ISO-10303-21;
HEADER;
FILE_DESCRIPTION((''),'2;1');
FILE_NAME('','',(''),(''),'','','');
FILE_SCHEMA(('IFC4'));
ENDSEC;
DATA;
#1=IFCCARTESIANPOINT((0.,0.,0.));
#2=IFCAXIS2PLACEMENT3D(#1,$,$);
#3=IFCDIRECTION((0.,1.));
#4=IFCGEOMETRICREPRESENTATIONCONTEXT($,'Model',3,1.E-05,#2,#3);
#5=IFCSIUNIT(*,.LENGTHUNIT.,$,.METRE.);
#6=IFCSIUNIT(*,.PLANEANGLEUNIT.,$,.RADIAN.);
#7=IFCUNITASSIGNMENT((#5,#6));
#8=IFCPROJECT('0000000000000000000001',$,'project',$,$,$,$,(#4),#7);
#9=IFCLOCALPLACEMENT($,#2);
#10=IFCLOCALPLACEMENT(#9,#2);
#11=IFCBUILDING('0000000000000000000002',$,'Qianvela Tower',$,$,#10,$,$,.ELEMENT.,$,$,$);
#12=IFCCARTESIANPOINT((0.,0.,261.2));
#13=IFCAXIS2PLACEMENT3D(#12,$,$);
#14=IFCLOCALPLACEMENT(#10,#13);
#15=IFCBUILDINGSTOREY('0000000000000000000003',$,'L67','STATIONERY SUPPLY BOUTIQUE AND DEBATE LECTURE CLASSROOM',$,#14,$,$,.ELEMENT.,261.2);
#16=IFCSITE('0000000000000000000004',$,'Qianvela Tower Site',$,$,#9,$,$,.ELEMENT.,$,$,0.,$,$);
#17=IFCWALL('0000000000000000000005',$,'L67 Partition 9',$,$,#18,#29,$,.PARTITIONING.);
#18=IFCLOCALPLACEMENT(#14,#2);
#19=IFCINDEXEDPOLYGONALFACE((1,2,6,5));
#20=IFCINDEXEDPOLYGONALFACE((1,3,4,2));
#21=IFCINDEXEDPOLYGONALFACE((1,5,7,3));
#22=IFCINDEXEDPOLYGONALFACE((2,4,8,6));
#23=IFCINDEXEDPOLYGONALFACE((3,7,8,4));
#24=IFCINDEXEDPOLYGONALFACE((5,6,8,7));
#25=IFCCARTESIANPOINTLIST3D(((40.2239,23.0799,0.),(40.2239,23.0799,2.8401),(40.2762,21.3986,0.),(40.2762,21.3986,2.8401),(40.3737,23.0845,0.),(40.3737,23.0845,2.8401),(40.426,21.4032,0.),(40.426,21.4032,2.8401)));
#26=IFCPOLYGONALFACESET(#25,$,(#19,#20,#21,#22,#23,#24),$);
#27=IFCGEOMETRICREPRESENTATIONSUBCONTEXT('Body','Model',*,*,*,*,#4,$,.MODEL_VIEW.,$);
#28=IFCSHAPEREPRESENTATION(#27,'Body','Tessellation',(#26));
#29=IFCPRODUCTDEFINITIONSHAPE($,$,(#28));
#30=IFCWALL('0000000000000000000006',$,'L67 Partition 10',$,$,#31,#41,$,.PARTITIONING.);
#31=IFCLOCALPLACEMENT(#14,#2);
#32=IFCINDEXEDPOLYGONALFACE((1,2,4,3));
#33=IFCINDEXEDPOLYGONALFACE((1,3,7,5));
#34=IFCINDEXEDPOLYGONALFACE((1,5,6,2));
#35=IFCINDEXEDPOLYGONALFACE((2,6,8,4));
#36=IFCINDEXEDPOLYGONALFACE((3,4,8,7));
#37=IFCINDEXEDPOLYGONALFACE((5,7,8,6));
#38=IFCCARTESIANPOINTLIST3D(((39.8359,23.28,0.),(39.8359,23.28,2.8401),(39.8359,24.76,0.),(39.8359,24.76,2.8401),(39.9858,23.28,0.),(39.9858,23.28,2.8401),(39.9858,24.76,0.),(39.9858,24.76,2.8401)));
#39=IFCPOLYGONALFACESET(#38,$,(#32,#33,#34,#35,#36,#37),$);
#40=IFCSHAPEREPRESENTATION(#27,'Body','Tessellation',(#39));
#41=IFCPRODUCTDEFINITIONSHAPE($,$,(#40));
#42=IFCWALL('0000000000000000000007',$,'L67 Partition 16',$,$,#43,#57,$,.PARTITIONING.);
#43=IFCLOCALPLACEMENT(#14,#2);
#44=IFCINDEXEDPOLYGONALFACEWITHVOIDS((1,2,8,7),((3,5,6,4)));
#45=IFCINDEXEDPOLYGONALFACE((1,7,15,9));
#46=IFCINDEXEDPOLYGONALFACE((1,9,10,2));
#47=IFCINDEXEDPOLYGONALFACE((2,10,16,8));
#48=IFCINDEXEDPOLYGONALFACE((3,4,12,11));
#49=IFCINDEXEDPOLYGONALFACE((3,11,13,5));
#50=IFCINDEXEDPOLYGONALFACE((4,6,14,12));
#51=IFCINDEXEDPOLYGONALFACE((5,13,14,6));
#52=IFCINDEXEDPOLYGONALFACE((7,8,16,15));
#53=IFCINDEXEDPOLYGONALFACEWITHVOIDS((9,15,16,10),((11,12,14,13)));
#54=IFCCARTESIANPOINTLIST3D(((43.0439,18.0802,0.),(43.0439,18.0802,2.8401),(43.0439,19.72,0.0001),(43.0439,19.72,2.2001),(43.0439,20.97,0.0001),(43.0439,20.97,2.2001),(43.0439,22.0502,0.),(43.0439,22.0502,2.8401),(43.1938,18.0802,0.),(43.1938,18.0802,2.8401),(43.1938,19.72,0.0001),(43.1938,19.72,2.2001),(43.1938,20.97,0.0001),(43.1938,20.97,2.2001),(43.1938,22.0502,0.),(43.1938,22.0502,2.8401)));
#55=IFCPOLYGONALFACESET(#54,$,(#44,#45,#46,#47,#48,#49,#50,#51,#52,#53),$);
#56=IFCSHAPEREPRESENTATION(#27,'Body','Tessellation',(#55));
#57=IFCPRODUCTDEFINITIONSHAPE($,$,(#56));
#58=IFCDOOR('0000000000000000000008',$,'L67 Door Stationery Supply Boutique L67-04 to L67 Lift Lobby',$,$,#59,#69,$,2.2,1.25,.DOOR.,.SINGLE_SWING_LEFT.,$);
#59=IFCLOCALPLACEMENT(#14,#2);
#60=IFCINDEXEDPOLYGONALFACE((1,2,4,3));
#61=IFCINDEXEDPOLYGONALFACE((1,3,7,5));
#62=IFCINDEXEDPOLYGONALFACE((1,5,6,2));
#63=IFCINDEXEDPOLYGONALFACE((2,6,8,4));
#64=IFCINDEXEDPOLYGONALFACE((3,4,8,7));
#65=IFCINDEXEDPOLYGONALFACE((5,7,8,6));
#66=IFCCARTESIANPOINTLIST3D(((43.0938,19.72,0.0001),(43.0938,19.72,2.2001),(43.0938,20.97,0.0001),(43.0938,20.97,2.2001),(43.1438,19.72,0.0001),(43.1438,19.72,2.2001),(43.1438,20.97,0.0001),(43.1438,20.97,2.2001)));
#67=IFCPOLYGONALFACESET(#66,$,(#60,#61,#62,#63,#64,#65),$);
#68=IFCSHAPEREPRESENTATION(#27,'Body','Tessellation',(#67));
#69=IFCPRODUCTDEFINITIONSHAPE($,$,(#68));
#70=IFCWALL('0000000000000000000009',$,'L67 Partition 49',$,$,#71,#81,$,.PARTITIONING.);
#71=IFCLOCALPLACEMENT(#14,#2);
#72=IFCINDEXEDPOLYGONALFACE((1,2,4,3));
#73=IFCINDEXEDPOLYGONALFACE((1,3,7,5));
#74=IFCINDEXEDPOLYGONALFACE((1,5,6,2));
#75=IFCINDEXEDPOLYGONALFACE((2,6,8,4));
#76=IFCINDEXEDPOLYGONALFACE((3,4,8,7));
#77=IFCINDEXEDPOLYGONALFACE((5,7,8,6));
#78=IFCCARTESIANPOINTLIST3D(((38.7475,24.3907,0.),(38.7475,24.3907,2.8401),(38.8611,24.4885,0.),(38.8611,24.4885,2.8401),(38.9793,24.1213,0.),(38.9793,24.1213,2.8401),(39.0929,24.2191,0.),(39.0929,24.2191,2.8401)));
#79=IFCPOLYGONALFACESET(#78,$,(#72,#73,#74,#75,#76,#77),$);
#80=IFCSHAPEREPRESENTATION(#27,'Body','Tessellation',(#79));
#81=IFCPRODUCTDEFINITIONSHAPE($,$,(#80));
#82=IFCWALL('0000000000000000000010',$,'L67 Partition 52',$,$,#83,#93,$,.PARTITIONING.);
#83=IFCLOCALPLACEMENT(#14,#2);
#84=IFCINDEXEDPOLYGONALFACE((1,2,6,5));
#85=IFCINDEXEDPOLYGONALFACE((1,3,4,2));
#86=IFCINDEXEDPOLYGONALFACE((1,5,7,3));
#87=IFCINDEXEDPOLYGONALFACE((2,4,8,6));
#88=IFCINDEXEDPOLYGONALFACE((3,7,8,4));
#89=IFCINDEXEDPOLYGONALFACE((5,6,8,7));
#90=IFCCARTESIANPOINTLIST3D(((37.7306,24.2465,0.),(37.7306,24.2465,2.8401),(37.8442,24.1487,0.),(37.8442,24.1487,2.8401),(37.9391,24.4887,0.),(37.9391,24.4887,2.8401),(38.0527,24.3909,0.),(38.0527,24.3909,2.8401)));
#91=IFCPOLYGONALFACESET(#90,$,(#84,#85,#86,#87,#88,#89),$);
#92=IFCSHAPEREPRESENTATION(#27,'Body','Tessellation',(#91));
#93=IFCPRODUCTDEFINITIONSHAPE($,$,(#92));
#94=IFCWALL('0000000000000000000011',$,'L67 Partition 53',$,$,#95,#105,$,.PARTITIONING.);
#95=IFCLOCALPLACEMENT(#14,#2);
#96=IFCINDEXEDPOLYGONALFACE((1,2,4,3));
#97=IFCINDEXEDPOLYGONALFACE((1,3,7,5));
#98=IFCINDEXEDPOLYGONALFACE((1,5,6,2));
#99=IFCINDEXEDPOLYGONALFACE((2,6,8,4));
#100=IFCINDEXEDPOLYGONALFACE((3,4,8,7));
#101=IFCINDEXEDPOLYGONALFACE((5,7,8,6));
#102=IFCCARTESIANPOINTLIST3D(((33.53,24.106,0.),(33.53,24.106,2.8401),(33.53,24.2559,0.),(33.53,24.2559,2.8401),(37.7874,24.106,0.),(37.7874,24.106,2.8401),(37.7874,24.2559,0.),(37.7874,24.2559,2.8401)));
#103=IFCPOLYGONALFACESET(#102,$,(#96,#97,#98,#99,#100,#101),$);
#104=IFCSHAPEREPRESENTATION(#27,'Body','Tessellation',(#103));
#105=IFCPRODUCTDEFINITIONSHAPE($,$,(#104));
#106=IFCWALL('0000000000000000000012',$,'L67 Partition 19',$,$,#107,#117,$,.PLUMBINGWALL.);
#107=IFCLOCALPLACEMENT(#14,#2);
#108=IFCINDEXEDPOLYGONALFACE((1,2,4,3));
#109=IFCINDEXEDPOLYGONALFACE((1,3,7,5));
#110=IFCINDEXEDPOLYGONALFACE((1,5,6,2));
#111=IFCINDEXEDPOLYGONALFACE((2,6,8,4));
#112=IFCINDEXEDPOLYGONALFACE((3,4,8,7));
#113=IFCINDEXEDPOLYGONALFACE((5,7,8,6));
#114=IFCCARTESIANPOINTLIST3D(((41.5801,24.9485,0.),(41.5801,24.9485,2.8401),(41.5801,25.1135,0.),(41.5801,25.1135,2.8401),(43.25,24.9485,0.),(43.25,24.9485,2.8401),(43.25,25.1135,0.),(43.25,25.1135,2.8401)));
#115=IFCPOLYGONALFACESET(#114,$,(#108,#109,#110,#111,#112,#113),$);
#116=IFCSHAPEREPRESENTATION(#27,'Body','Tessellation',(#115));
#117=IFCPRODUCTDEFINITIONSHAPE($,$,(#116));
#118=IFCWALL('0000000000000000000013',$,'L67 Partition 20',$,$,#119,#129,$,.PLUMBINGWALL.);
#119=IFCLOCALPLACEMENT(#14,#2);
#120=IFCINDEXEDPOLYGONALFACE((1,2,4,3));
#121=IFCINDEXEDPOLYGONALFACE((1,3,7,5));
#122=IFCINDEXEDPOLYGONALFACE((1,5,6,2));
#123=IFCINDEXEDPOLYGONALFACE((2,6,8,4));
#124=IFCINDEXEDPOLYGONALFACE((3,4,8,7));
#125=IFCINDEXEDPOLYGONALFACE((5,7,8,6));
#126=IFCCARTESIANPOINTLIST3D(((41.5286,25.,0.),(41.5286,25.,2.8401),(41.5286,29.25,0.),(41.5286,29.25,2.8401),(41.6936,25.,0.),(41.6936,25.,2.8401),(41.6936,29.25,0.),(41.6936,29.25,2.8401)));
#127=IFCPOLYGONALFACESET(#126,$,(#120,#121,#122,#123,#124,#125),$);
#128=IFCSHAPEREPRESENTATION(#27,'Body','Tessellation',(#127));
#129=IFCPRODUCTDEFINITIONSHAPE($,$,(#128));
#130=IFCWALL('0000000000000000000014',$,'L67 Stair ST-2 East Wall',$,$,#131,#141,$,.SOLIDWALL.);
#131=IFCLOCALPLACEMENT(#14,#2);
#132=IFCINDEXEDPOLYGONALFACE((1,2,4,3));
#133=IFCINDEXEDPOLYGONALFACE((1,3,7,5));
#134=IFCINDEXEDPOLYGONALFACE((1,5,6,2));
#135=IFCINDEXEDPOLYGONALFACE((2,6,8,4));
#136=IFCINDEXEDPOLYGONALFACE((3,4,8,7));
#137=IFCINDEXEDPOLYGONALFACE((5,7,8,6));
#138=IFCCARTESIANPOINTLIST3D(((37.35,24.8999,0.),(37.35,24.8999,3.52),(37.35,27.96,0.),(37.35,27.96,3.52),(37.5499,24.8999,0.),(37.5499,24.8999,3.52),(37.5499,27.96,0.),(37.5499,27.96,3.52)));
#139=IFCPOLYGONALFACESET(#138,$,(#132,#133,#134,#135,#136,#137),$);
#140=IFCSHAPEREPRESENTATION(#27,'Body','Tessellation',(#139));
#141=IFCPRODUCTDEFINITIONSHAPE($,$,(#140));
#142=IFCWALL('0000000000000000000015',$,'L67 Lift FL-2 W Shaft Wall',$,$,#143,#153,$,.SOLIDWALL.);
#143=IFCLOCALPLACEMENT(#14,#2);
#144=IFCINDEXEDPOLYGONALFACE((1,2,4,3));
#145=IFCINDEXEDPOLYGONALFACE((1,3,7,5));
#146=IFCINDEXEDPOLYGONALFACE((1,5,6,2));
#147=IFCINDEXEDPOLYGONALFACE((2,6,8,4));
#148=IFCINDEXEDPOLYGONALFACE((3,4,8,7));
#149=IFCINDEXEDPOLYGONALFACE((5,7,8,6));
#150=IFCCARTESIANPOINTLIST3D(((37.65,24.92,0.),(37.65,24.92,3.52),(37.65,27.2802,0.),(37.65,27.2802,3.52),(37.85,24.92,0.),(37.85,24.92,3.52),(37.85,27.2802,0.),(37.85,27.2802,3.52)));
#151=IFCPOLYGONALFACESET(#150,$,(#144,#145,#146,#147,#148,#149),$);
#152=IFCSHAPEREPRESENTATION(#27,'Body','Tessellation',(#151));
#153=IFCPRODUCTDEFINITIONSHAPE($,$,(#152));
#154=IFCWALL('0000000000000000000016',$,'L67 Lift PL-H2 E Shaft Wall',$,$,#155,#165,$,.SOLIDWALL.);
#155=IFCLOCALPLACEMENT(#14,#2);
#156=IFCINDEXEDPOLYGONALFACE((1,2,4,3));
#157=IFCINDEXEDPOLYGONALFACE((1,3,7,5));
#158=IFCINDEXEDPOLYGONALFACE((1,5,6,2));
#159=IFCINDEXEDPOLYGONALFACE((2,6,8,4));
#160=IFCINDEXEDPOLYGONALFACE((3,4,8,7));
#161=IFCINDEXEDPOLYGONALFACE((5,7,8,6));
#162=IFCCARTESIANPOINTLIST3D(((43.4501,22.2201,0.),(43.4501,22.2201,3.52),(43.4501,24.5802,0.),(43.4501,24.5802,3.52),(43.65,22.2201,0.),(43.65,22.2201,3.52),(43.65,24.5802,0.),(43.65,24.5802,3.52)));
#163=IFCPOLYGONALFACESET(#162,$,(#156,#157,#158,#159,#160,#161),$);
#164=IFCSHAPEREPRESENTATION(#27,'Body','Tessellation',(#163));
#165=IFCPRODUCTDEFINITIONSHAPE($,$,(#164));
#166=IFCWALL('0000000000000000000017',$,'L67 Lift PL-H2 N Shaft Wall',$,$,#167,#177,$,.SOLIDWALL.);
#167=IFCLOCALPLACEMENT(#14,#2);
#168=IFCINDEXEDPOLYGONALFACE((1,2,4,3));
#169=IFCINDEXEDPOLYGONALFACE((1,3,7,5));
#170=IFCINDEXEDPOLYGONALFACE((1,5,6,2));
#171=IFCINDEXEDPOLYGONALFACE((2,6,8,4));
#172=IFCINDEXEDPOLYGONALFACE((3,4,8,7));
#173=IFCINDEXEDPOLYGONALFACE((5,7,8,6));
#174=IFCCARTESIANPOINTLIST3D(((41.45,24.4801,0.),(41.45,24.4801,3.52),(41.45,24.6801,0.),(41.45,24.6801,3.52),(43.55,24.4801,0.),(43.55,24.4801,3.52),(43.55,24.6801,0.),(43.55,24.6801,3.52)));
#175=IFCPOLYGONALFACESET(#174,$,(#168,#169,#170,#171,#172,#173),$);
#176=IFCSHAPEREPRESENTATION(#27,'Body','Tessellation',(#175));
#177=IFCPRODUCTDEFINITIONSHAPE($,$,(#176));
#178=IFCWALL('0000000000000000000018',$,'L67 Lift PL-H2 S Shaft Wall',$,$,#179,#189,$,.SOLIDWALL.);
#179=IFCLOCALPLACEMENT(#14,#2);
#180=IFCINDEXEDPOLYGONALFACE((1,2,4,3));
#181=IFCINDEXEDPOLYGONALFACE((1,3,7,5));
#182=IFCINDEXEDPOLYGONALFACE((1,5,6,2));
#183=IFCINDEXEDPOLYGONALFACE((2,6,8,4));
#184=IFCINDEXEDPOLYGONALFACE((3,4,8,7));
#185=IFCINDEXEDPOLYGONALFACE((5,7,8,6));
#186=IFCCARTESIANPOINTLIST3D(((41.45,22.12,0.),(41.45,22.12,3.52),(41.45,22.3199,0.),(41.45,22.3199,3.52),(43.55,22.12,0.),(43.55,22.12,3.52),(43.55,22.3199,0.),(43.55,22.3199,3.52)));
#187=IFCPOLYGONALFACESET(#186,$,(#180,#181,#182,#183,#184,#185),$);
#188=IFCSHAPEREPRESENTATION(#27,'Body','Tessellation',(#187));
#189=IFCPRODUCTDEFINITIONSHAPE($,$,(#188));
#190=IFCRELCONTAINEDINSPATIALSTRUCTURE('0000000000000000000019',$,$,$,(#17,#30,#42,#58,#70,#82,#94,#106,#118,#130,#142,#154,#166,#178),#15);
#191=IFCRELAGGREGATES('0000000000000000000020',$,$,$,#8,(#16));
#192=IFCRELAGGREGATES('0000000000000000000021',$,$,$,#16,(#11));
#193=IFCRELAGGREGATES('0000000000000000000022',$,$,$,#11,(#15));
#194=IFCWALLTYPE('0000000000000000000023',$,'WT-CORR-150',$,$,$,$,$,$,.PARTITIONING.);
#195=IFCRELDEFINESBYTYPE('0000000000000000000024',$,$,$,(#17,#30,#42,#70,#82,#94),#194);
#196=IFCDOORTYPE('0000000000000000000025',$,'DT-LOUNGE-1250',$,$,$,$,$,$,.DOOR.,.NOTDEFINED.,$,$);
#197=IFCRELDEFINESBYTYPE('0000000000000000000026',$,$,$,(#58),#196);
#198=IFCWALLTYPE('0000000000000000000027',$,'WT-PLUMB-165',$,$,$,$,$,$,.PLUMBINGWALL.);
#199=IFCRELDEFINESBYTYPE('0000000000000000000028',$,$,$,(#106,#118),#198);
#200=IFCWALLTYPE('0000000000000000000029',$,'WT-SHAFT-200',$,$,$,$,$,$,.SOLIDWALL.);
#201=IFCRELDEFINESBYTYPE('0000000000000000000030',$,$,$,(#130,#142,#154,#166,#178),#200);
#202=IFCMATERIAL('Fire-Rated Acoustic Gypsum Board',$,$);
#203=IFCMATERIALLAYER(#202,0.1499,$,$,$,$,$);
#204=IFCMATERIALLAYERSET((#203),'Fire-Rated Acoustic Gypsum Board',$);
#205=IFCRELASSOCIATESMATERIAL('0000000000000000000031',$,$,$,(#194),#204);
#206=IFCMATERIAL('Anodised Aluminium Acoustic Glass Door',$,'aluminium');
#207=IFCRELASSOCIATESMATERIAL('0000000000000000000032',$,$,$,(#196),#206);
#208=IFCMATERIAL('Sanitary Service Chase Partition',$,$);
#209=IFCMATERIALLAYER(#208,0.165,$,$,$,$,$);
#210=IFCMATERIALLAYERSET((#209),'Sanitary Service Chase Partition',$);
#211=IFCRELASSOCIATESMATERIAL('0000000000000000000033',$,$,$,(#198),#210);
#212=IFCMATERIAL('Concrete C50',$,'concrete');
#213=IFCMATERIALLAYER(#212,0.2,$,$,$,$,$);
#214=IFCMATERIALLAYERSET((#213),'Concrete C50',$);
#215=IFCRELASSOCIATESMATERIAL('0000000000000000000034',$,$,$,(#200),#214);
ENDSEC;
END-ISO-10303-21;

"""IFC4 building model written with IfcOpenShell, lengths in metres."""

from ifc_helpers import new_model, si_unit, direction, frame, frame_2d, origin, place, context, subcontext, project, spatial, rectangle, extrude, material, layer, layer_set, type_object, element, fill, save


model = new_model("IFC4")

# Units and contexts
model_context = context("Model", 3, precision=1e-05, world=origin(), true_north=direction((0.0, 1.0)))
body_context = subcontext(model_context, "Body", "Model", "MODEL_VIEW")
ifc_project = project(units=[si_unit("LENGTHUNIT", "METRE"), si_unit("PLANEANGLEUNIT", "RADIAN")], contexts=[model_context])

# Site, building, storey
site_placement = place(None, origin())
site = spatial("IfcSite", under=ifc_project, at=site_placement, Name="Qianvela Tower Site", CompositionType="ELEMENT", RefElevation=0.0)
building_placement = place(site_placement, origin())
building = spatial("IfcBuilding", under=site, at=building_placement, Name="Qianvela Tower", CompositionType="ELEMENT")
storey_placement = place(building_placement, frame((0.0, 0.0, 261.2)))
storey = spatial("IfcBuildingStorey", under=building, at=storey_placement, Name="L67", Description="STATIONERY SUPPLY BOUTIQUE AND DEBATE LECTURE CLASSROOM", CompositionType="ELEMENT", Elevation=261.2)

# Walls
ifc_material_1 = material(Name="Fire-Rated Acoustic Gypsum Board")
ifc_layer_1 = layer(ifc_material_1, 0.1499)
ifc_layer_set_1 = layer_set([ifc_layer_1], Name="Fire-Rated Acoustic Gypsum Board")
wall_type_1 = type_object("IfcWallType", Name="WT-CORR-150", PredefinedType="PARTITIONING", material=ifc_layer_set_1)
wall_1_placement = place(storey_placement, frame((40.3511, 21.4009, 0.0), z_axis=(0.0, 0.0, 1.0), x_axis=(-0.031058, 0.999518, 0.0)))
element("IfcWall", 1, at=wall_1_placement, inside=storey, type_object=wall_type_1, Name="L67 Partition 9", PredefinedType="PARTITIONING", context=body_context, shape_type="SweptSolid", body=[
    extrude(rectangle(XDim=1.6821, YDim=0.1499, at=frame_2d((0.8411, 0.0))), origin(), (0.0, 0.0, 1.0), 2.8401),
])
wall_2_placement = place(storey_placement, frame((39.9109, 23.28, 0.0), z_axis=(0.0, 0.0, 1.0), x_axis=(0.0, 1.0, 0.0)))
element("IfcWall", 2, at=wall_2_placement, inside=storey, type_object=wall_type_1, Name="L67 Partition 10", PredefinedType="PARTITIONING", context=body_context, shape_type="SweptSolid", body=[
    extrude(rectangle(XDim=1.48, YDim=0.1499, at=frame_2d((0.74, 0.0))), origin(), (0.0, 0.0, 1.0), 2.8401),
])

# Wall, opening, door
wall_3_placement = place(storey_placement, frame((43.1189, 22.05, 0.0), z_axis=(0.0, 0.0, 1.0), x_axis=(0.0, -1.0, 0.0)))
wall_3 = element("IfcWall", 3, at=wall_3_placement, inside=storey, type_object=wall_type_1, Name="L67 Partition 16", PredefinedType="PARTITIONING", context=body_context, shape_type="SweptSolid", body=[
    extrude(rectangle(XDim=3.97, YDim=0.1499, at=frame_2d((1.9849, 0.0))), origin(), (0.0, 0.0, 1.0), 2.8401),
])
opening_1_placement = place(wall_3_placement, frame((1.0801, 0.0, 0.0)))
opening_1 = element("IfcOpeningElement", 4, at=opening_1_placement, cuts=wall_3, PredefinedType="OPENING", context=body_context, shape_type="SweptSolid", body=[
    extrude(rectangle(XDim=1.25, YDim=2.2, at=frame_2d((0.625, 1.1001))), frame((0.0, 0.085, 0.0), z_axis=(0.0, -1.0, 0.0), x_axis=(1.0, 0.0, 0.0)), (0.0, 0.0, 1.0), 0.1699),
])
ifc_material_2 = material(Name="Anodised Aluminium Acoustic Glass Door", Category="aluminium")
door_type_1 = type_object("IfcDoorType", Name="DT-LOUNGE-1250", OperationType="NOTDEFINED", PredefinedType="DOOR", material=ifc_material_2)
door_1_placement = place(opening_1_placement, origin())
door_1 = element("IfcDoor", 5, at=door_1_placement, inside=storey, type_object=door_type_1, Name="L67 Door Stationery Supply Boutique L67-04 to L67 Lift Lobby", OperationType="SINGLE_SWING_LEFT", OverallHeight=2.2, OverallWidth=1.25, PredefinedType="DOOR", context=body_context, shape_type="SweptSolid", body=[
    extrude(rectangle(XDim=1.25, YDim=2.2, at=frame_2d((0.625, 1.1001))), frame((0.0, 0.0249, 0.0), z_axis=(0.0, -1.0, 0.0), x_axis=(1.0, 0.0, 0.0)), (0.0, 0.0, 1.0), 0.05),
])
fill(opening_1, door_1)

# Walls
wall_4_placement = place(storey_placement, frame((39.0361, 24.1702, 0.0), z_axis=(0.0, 0.0, 1.0), x_axis=(-0.65226, 0.757995, 0.0)))
element("IfcWall", 6, at=wall_4_placement, inside=storey, type_object=wall_type_1, Name="L67 Partition 49", PredefinedType="PARTITIONING", context=body_context, shape_type="SweptSolid", body=[
    extrude(rectangle(XDim=0.3555, YDim=0.1499, at=frame_2d((0.1777, 0.0))), origin(), (0.0, 0.0, 1.0), 2.8401),
])
wall_5_placement = place(storey_placement, frame((37.9958, 24.4397, 0.0), z_axis=(0.0, 0.0, 1.0), x_axis=(-0.652426, -0.757853, 0.0)))
element("IfcWall", 7, at=wall_5_placement, inside=storey, type_object=wall_type_1, Name="L67 Partition 52", PredefinedType="PARTITIONING", context=body_context, shape_type="SweptSolid", body=[
    extrude(rectangle(XDim=0.3196, YDim=0.1499, at=frame_2d((0.1597, 0.0))), origin(), (0.0, 0.0, 1.0), 2.8401),
])
wall_6_placement = place(storey_placement, frame((37.7874, 24.1809, 0.0), z_axis=(0.0, 0.0, 1.0), x_axis=(-1.0, 0.0, 0.0)))
element("IfcWall", 8, at=wall_6_placement, inside=storey, type_object=wall_type_1, Name="L67 Partition 53", PredefinedType="PARTITIONING", context=body_context, shape_type="SweptSolid", body=[
    extrude(rectangle(XDim=4.2573, YDim=0.1499, at=frame_2d((2.1287, 0.0))), origin(), (0.0, 0.0, 1.0), 2.8401),
])
ifc_material_3 = material(Name="Sanitary Service Chase Partition")
ifc_layer_2 = layer(ifc_material_3, 0.165)
ifc_layer_set_2 = layer_set([ifc_layer_2], Name="Sanitary Service Chase Partition")
wall_type_2 = type_object("IfcWallType", Name="WT-PLUMB-165", PredefinedType="PLUMBINGWALL", material=ifc_layer_set_2)
wall_7_placement = place(storey_placement, frame((43.25, 25.031, 0.0), z_axis=(0.0, 0.0, 1.0), x_axis=(-1.0, 0.0, 0.0)))
element("IfcWall", 9, at=wall_7_placement, inside=storey, type_object=wall_type_2, Name="L67 Partition 19", PredefinedType="PLUMBINGWALL", context=body_context, shape_type="SweptSolid", body=[
    extrude(rectangle(XDim=1.6699, YDim=0.165, at=frame_2d((0.835, 0.0))), origin(), (0.0, 0.0, 1.0), 2.8401),
])
wall_8_placement = place(storey_placement, frame((41.6111, 25.0, 0.0), z_axis=(0.0, 0.0, 1.0), x_axis=(0.0, 1.0, 0.0)))
element("IfcWall", 10, at=wall_8_placement, inside=storey, type_object=wall_type_2, Name="L67 Partition 20", PredefinedType="PLUMBINGWALL", context=body_context, shape_type="SweptSolid", body=[
    extrude(rectangle(XDim=4.25, YDim=0.165, at=frame_2d((2.125, 0.0))), origin(), (0.0, 0.0, 1.0), 2.8401),
])
ifc_material_4 = material(Name="Concrete C50", Category="concrete")
ifc_layer_3 = layer(ifc_material_4, 0.2)
ifc_layer_set_3 = layer_set([ifc_layer_3], Name="Concrete C50")
wall_type_3 = type_object("IfcWallType", Name="WT-SHAFT-200", PredefinedType="SOLIDWALL", material=ifc_layer_set_3)
wall_9_placement = place(storey_placement, frame((37.45, 24.8999, 0.0), z_axis=(0.0, 0.0, 1.0), x_axis=(0.0, 1.0, 0.0)))
element("IfcWall", 11, at=wall_9_placement, inside=storey, type_object=wall_type_3, Name="L67 Stair ST-2 East Wall", PredefinedType="SOLIDWALL", context=body_context, shape_type="SweptSolid", body=[
    extrude(rectangle(XDim=3.0601, YDim=0.2, at=frame_2d((1.53, 0.0))), origin(), (0.0, 0.0, 1.0), 3.52),
])

# Walls
for number, where, z_axis, x_axis, name in (
    (12, (37.75, 24.9199, 0.0), (0.0, 0.0, 1.0), (0.0, 1.0, 0.0), "L67 Lift FL-2 W Shaft Wall"),
    (13, (43.55, 22.22, 0.0), (0.0, 0.0, 1.0), (0.0, 1.0, 0.0), "L67 Lift PL-H2 E Shaft Wall"),
):
    element("IfcWall", number, at=place(storey_placement, frame(where, z_axis=z_axis, x_axis=x_axis)), inside=storey, type_object=wall_type_3, Name=name, PredefinedType="SOLIDWALL", context=body_context, shape_type="SweptSolid", body=[
        extrude(rectangle(XDim=2.3601, YDim=0.2, at=frame_2d((1.1802, 0.0))), origin(), (0.0, 0.0, 1.0), 3.52),
    ])

# Walls
for number, where, z_axis, x_axis, name in (
    (14, (41.45, 24.5801, 0.0), (0.0, 0.0, 1.0), (1.0, 0.0, 0.0), "L67 Lift PL-H2 N Shaft Wall"),
    (15, (41.45, 22.22, 0.0), (0.0, 0.0, 1.0), (1.0, 0.0, 0.0), "L67 Lift PL-H2 S Shaft Wall"),
):
    element("IfcWall", number, at=place(storey_placement, frame(where, z_axis=z_axis, x_axis=x_axis)), inside=storey, type_object=wall_type_3, Name=name, PredefinedType="SOLIDWALL", context=body_context, shape_type="SweptSolid", body=[
        extrude(rectangle(XDim=2.1001, YDim=0.2, at=frame_2d((1.05, 0.0))), origin(), (0.0, 0.0, 1.0), 3.52),
    ])

save(model, "model.ifc")
